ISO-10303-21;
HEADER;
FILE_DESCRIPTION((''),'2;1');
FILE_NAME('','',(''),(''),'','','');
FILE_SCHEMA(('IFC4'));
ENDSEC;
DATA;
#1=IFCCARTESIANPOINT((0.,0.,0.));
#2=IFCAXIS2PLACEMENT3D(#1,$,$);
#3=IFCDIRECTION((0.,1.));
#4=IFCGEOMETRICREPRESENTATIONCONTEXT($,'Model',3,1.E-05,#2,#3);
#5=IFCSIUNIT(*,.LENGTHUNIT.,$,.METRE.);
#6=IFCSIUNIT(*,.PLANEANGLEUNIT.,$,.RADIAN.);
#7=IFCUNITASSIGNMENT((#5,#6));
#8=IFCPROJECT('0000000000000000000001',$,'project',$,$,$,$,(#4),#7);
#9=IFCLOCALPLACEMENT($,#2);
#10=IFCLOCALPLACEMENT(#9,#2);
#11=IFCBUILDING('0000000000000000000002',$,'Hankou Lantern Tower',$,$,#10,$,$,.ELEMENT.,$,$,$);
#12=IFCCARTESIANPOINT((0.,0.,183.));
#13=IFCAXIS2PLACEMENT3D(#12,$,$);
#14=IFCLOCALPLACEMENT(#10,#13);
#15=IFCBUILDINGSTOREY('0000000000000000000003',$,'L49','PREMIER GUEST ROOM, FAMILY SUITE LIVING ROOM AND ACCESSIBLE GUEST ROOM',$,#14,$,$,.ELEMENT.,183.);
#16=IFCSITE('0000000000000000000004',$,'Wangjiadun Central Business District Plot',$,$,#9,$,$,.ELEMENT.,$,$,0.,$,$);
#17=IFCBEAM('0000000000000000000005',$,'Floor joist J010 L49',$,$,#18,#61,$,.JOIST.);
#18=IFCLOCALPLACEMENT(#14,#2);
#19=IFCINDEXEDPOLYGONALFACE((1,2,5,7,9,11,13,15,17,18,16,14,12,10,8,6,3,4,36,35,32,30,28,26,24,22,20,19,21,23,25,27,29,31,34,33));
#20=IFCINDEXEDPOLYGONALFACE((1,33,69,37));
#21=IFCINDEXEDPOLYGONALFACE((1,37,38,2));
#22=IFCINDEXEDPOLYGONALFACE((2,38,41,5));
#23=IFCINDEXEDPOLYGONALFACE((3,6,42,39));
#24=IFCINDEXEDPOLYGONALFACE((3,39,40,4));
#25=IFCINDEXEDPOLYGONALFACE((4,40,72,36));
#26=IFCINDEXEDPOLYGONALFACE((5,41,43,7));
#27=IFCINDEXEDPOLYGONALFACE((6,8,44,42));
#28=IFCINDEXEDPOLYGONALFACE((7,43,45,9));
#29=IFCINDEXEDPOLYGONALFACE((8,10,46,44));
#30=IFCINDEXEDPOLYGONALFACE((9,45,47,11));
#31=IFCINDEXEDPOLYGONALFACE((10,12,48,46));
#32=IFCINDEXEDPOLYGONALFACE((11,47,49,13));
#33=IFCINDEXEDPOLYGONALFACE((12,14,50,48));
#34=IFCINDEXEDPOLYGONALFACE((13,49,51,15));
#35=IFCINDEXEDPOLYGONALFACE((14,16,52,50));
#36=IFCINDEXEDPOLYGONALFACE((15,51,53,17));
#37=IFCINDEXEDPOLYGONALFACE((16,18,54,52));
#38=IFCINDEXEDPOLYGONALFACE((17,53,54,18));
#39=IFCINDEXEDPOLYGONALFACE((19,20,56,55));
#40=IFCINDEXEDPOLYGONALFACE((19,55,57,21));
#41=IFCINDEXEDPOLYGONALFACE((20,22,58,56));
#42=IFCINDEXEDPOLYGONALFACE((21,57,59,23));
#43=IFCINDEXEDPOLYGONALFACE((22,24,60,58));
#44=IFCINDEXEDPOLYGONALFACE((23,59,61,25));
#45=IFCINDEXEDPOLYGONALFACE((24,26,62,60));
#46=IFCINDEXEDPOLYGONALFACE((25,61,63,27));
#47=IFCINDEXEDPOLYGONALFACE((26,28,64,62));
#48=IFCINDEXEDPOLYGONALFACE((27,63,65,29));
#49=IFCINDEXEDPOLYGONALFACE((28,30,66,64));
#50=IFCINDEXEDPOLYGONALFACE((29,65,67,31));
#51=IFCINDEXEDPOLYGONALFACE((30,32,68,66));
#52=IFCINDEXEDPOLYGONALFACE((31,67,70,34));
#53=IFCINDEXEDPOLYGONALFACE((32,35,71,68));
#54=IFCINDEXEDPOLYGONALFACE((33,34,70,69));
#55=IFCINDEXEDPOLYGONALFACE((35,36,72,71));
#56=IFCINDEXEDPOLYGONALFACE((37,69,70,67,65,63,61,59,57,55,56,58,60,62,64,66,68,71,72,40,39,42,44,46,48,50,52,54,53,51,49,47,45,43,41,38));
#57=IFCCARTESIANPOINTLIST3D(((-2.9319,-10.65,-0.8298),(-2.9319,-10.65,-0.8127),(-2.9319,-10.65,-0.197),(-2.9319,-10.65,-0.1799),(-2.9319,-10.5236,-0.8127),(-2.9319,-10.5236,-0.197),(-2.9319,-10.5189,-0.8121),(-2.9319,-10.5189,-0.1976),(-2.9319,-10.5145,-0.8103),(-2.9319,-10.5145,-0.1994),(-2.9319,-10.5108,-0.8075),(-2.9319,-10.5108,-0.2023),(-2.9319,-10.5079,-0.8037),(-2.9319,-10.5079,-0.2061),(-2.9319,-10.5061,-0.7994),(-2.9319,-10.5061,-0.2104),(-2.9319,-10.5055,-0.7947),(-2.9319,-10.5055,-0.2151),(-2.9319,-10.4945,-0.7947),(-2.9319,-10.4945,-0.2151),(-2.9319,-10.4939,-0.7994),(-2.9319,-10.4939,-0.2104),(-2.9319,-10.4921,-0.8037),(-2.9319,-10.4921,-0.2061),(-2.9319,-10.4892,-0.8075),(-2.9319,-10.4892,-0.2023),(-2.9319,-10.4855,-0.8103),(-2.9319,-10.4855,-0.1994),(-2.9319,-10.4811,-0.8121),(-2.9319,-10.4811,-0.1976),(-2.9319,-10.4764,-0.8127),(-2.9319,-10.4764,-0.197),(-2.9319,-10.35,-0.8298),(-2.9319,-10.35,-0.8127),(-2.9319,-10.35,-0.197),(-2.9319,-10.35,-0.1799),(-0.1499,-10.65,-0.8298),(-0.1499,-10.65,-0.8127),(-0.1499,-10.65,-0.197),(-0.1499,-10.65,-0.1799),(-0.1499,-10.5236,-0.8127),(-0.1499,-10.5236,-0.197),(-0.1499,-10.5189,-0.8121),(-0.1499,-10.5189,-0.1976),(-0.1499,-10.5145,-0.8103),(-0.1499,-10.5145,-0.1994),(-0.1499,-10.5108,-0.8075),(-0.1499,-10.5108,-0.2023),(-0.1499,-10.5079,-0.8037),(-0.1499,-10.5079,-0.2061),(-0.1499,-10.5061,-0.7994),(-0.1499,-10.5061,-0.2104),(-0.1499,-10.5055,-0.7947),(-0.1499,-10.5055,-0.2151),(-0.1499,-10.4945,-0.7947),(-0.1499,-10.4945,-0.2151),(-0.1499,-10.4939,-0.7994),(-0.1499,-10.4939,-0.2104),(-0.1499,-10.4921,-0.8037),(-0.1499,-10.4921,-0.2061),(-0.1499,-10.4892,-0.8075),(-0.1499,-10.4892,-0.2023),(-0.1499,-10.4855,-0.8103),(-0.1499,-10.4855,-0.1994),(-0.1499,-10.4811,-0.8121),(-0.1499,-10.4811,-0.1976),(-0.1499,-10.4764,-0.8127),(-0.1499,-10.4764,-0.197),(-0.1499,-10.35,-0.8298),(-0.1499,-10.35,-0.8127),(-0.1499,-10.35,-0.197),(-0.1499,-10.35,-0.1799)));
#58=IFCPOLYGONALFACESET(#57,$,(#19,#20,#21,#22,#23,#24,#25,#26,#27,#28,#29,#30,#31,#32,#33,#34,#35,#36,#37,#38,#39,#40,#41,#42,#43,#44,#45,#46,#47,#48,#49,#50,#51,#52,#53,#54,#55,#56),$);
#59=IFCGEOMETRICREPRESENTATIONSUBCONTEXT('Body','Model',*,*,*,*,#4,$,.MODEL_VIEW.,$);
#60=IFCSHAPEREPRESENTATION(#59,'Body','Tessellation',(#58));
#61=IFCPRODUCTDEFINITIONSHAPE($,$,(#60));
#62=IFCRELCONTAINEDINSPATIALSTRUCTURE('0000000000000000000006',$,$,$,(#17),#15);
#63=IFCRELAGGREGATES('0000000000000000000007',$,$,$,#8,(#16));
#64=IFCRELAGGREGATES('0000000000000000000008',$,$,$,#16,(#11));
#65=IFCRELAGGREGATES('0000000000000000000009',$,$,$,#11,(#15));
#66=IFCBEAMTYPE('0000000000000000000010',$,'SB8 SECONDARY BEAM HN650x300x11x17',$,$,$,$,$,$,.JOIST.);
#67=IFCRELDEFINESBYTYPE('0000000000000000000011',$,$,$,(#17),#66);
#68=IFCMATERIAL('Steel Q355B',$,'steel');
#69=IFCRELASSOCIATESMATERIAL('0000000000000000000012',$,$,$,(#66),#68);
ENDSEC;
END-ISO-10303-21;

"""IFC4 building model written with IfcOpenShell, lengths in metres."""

from ifc_helpers import new_model, si_unit, direction, frame, origin, origin_2d, place, context, subcontext, project, spatial, i_section, extrude, material, material_profile, profile_set, type_object, element, save


model = new_model("IFC4")

# Units and contexts
model_context = context("Model", 3, precision=1e-05, world=origin(), true_north=direction((0.0, 1.0)))
body_context = subcontext(model_context, "Body", "Model", "MODEL_VIEW")
ifc_project = project(units=[si_unit("LENGTHUNIT", "METRE"), si_unit("PLANEANGLEUNIT", "RADIAN")], contexts=[model_context])

# Site, building, storey
site_placement = place(None, origin())
site = spatial("IfcSite", under=ifc_project, at=site_placement, Name="Wangjiadun Central Business District Plot", CompositionType="ELEMENT", RefElevation=0.0)
building_placement = place(site_placement, origin())
building = spatial("IfcBuilding", under=site, at=building_placement, Name="Hankou Lantern Tower", CompositionType="ELEMENT")
storey_placement = place(building_placement, frame((0.0, 0.0, 183.0)))
storey = spatial("IfcBuildingStorey", under=building, at=storey_placement, Name="L49", Description="PREMIER GUEST ROOM, FAMILY SUITE LIVING ROOM AND ACCESSIBLE GUEST ROOM", CompositionType="ELEMENT", Elevation=183.0)

# Beam
ifc_material_1 = material(Name="Steel Q355B", Category="steel")
ifc_material_profile_1 = material_profile(ifc_material_1, i_section(OverallWidth=0.3, OverallDepth=0.6499, WebThickness=0.011, FlangeThickness=0.0171, FilletRadius=0.0181, at=origin_2d()), Name="HN650x300x11x17")
ifc_profile_set_1 = profile_set([ifc_material_profile_1], Name="Steel Q355B")
beam_type_1 = type_object("IfcBeamType", Name="SB8 SECONDARY BEAM HN650x300x11x17", PredefinedType="JOIST", material=ifc_profile_set_1)
beam_1_placement = place(storey_placement, frame((-2.9319, -10.5, -0.5049), z_axis=(1.0, 0.0, 0.0), x_axis=(0.0, 1.0, 0.0)))
element("IfcBeam", 1, at=beam_1_placement, inside=storey, type_object=beam_type_1, Name="Floor joist J010 L49", PredefinedType="JOIST", context=body_context, shape_type="SweptSolid", body=[
    extrude(i_section(OverallWidth=0.3, OverallDepth=0.6499, WebThickness=0.011, FlangeThickness=0.0171, FilletRadius=0.0181, at=origin_2d()), origin(), (0.0, 0.0, 1.0), 2.782),
])

save(model, "model.ifc")
